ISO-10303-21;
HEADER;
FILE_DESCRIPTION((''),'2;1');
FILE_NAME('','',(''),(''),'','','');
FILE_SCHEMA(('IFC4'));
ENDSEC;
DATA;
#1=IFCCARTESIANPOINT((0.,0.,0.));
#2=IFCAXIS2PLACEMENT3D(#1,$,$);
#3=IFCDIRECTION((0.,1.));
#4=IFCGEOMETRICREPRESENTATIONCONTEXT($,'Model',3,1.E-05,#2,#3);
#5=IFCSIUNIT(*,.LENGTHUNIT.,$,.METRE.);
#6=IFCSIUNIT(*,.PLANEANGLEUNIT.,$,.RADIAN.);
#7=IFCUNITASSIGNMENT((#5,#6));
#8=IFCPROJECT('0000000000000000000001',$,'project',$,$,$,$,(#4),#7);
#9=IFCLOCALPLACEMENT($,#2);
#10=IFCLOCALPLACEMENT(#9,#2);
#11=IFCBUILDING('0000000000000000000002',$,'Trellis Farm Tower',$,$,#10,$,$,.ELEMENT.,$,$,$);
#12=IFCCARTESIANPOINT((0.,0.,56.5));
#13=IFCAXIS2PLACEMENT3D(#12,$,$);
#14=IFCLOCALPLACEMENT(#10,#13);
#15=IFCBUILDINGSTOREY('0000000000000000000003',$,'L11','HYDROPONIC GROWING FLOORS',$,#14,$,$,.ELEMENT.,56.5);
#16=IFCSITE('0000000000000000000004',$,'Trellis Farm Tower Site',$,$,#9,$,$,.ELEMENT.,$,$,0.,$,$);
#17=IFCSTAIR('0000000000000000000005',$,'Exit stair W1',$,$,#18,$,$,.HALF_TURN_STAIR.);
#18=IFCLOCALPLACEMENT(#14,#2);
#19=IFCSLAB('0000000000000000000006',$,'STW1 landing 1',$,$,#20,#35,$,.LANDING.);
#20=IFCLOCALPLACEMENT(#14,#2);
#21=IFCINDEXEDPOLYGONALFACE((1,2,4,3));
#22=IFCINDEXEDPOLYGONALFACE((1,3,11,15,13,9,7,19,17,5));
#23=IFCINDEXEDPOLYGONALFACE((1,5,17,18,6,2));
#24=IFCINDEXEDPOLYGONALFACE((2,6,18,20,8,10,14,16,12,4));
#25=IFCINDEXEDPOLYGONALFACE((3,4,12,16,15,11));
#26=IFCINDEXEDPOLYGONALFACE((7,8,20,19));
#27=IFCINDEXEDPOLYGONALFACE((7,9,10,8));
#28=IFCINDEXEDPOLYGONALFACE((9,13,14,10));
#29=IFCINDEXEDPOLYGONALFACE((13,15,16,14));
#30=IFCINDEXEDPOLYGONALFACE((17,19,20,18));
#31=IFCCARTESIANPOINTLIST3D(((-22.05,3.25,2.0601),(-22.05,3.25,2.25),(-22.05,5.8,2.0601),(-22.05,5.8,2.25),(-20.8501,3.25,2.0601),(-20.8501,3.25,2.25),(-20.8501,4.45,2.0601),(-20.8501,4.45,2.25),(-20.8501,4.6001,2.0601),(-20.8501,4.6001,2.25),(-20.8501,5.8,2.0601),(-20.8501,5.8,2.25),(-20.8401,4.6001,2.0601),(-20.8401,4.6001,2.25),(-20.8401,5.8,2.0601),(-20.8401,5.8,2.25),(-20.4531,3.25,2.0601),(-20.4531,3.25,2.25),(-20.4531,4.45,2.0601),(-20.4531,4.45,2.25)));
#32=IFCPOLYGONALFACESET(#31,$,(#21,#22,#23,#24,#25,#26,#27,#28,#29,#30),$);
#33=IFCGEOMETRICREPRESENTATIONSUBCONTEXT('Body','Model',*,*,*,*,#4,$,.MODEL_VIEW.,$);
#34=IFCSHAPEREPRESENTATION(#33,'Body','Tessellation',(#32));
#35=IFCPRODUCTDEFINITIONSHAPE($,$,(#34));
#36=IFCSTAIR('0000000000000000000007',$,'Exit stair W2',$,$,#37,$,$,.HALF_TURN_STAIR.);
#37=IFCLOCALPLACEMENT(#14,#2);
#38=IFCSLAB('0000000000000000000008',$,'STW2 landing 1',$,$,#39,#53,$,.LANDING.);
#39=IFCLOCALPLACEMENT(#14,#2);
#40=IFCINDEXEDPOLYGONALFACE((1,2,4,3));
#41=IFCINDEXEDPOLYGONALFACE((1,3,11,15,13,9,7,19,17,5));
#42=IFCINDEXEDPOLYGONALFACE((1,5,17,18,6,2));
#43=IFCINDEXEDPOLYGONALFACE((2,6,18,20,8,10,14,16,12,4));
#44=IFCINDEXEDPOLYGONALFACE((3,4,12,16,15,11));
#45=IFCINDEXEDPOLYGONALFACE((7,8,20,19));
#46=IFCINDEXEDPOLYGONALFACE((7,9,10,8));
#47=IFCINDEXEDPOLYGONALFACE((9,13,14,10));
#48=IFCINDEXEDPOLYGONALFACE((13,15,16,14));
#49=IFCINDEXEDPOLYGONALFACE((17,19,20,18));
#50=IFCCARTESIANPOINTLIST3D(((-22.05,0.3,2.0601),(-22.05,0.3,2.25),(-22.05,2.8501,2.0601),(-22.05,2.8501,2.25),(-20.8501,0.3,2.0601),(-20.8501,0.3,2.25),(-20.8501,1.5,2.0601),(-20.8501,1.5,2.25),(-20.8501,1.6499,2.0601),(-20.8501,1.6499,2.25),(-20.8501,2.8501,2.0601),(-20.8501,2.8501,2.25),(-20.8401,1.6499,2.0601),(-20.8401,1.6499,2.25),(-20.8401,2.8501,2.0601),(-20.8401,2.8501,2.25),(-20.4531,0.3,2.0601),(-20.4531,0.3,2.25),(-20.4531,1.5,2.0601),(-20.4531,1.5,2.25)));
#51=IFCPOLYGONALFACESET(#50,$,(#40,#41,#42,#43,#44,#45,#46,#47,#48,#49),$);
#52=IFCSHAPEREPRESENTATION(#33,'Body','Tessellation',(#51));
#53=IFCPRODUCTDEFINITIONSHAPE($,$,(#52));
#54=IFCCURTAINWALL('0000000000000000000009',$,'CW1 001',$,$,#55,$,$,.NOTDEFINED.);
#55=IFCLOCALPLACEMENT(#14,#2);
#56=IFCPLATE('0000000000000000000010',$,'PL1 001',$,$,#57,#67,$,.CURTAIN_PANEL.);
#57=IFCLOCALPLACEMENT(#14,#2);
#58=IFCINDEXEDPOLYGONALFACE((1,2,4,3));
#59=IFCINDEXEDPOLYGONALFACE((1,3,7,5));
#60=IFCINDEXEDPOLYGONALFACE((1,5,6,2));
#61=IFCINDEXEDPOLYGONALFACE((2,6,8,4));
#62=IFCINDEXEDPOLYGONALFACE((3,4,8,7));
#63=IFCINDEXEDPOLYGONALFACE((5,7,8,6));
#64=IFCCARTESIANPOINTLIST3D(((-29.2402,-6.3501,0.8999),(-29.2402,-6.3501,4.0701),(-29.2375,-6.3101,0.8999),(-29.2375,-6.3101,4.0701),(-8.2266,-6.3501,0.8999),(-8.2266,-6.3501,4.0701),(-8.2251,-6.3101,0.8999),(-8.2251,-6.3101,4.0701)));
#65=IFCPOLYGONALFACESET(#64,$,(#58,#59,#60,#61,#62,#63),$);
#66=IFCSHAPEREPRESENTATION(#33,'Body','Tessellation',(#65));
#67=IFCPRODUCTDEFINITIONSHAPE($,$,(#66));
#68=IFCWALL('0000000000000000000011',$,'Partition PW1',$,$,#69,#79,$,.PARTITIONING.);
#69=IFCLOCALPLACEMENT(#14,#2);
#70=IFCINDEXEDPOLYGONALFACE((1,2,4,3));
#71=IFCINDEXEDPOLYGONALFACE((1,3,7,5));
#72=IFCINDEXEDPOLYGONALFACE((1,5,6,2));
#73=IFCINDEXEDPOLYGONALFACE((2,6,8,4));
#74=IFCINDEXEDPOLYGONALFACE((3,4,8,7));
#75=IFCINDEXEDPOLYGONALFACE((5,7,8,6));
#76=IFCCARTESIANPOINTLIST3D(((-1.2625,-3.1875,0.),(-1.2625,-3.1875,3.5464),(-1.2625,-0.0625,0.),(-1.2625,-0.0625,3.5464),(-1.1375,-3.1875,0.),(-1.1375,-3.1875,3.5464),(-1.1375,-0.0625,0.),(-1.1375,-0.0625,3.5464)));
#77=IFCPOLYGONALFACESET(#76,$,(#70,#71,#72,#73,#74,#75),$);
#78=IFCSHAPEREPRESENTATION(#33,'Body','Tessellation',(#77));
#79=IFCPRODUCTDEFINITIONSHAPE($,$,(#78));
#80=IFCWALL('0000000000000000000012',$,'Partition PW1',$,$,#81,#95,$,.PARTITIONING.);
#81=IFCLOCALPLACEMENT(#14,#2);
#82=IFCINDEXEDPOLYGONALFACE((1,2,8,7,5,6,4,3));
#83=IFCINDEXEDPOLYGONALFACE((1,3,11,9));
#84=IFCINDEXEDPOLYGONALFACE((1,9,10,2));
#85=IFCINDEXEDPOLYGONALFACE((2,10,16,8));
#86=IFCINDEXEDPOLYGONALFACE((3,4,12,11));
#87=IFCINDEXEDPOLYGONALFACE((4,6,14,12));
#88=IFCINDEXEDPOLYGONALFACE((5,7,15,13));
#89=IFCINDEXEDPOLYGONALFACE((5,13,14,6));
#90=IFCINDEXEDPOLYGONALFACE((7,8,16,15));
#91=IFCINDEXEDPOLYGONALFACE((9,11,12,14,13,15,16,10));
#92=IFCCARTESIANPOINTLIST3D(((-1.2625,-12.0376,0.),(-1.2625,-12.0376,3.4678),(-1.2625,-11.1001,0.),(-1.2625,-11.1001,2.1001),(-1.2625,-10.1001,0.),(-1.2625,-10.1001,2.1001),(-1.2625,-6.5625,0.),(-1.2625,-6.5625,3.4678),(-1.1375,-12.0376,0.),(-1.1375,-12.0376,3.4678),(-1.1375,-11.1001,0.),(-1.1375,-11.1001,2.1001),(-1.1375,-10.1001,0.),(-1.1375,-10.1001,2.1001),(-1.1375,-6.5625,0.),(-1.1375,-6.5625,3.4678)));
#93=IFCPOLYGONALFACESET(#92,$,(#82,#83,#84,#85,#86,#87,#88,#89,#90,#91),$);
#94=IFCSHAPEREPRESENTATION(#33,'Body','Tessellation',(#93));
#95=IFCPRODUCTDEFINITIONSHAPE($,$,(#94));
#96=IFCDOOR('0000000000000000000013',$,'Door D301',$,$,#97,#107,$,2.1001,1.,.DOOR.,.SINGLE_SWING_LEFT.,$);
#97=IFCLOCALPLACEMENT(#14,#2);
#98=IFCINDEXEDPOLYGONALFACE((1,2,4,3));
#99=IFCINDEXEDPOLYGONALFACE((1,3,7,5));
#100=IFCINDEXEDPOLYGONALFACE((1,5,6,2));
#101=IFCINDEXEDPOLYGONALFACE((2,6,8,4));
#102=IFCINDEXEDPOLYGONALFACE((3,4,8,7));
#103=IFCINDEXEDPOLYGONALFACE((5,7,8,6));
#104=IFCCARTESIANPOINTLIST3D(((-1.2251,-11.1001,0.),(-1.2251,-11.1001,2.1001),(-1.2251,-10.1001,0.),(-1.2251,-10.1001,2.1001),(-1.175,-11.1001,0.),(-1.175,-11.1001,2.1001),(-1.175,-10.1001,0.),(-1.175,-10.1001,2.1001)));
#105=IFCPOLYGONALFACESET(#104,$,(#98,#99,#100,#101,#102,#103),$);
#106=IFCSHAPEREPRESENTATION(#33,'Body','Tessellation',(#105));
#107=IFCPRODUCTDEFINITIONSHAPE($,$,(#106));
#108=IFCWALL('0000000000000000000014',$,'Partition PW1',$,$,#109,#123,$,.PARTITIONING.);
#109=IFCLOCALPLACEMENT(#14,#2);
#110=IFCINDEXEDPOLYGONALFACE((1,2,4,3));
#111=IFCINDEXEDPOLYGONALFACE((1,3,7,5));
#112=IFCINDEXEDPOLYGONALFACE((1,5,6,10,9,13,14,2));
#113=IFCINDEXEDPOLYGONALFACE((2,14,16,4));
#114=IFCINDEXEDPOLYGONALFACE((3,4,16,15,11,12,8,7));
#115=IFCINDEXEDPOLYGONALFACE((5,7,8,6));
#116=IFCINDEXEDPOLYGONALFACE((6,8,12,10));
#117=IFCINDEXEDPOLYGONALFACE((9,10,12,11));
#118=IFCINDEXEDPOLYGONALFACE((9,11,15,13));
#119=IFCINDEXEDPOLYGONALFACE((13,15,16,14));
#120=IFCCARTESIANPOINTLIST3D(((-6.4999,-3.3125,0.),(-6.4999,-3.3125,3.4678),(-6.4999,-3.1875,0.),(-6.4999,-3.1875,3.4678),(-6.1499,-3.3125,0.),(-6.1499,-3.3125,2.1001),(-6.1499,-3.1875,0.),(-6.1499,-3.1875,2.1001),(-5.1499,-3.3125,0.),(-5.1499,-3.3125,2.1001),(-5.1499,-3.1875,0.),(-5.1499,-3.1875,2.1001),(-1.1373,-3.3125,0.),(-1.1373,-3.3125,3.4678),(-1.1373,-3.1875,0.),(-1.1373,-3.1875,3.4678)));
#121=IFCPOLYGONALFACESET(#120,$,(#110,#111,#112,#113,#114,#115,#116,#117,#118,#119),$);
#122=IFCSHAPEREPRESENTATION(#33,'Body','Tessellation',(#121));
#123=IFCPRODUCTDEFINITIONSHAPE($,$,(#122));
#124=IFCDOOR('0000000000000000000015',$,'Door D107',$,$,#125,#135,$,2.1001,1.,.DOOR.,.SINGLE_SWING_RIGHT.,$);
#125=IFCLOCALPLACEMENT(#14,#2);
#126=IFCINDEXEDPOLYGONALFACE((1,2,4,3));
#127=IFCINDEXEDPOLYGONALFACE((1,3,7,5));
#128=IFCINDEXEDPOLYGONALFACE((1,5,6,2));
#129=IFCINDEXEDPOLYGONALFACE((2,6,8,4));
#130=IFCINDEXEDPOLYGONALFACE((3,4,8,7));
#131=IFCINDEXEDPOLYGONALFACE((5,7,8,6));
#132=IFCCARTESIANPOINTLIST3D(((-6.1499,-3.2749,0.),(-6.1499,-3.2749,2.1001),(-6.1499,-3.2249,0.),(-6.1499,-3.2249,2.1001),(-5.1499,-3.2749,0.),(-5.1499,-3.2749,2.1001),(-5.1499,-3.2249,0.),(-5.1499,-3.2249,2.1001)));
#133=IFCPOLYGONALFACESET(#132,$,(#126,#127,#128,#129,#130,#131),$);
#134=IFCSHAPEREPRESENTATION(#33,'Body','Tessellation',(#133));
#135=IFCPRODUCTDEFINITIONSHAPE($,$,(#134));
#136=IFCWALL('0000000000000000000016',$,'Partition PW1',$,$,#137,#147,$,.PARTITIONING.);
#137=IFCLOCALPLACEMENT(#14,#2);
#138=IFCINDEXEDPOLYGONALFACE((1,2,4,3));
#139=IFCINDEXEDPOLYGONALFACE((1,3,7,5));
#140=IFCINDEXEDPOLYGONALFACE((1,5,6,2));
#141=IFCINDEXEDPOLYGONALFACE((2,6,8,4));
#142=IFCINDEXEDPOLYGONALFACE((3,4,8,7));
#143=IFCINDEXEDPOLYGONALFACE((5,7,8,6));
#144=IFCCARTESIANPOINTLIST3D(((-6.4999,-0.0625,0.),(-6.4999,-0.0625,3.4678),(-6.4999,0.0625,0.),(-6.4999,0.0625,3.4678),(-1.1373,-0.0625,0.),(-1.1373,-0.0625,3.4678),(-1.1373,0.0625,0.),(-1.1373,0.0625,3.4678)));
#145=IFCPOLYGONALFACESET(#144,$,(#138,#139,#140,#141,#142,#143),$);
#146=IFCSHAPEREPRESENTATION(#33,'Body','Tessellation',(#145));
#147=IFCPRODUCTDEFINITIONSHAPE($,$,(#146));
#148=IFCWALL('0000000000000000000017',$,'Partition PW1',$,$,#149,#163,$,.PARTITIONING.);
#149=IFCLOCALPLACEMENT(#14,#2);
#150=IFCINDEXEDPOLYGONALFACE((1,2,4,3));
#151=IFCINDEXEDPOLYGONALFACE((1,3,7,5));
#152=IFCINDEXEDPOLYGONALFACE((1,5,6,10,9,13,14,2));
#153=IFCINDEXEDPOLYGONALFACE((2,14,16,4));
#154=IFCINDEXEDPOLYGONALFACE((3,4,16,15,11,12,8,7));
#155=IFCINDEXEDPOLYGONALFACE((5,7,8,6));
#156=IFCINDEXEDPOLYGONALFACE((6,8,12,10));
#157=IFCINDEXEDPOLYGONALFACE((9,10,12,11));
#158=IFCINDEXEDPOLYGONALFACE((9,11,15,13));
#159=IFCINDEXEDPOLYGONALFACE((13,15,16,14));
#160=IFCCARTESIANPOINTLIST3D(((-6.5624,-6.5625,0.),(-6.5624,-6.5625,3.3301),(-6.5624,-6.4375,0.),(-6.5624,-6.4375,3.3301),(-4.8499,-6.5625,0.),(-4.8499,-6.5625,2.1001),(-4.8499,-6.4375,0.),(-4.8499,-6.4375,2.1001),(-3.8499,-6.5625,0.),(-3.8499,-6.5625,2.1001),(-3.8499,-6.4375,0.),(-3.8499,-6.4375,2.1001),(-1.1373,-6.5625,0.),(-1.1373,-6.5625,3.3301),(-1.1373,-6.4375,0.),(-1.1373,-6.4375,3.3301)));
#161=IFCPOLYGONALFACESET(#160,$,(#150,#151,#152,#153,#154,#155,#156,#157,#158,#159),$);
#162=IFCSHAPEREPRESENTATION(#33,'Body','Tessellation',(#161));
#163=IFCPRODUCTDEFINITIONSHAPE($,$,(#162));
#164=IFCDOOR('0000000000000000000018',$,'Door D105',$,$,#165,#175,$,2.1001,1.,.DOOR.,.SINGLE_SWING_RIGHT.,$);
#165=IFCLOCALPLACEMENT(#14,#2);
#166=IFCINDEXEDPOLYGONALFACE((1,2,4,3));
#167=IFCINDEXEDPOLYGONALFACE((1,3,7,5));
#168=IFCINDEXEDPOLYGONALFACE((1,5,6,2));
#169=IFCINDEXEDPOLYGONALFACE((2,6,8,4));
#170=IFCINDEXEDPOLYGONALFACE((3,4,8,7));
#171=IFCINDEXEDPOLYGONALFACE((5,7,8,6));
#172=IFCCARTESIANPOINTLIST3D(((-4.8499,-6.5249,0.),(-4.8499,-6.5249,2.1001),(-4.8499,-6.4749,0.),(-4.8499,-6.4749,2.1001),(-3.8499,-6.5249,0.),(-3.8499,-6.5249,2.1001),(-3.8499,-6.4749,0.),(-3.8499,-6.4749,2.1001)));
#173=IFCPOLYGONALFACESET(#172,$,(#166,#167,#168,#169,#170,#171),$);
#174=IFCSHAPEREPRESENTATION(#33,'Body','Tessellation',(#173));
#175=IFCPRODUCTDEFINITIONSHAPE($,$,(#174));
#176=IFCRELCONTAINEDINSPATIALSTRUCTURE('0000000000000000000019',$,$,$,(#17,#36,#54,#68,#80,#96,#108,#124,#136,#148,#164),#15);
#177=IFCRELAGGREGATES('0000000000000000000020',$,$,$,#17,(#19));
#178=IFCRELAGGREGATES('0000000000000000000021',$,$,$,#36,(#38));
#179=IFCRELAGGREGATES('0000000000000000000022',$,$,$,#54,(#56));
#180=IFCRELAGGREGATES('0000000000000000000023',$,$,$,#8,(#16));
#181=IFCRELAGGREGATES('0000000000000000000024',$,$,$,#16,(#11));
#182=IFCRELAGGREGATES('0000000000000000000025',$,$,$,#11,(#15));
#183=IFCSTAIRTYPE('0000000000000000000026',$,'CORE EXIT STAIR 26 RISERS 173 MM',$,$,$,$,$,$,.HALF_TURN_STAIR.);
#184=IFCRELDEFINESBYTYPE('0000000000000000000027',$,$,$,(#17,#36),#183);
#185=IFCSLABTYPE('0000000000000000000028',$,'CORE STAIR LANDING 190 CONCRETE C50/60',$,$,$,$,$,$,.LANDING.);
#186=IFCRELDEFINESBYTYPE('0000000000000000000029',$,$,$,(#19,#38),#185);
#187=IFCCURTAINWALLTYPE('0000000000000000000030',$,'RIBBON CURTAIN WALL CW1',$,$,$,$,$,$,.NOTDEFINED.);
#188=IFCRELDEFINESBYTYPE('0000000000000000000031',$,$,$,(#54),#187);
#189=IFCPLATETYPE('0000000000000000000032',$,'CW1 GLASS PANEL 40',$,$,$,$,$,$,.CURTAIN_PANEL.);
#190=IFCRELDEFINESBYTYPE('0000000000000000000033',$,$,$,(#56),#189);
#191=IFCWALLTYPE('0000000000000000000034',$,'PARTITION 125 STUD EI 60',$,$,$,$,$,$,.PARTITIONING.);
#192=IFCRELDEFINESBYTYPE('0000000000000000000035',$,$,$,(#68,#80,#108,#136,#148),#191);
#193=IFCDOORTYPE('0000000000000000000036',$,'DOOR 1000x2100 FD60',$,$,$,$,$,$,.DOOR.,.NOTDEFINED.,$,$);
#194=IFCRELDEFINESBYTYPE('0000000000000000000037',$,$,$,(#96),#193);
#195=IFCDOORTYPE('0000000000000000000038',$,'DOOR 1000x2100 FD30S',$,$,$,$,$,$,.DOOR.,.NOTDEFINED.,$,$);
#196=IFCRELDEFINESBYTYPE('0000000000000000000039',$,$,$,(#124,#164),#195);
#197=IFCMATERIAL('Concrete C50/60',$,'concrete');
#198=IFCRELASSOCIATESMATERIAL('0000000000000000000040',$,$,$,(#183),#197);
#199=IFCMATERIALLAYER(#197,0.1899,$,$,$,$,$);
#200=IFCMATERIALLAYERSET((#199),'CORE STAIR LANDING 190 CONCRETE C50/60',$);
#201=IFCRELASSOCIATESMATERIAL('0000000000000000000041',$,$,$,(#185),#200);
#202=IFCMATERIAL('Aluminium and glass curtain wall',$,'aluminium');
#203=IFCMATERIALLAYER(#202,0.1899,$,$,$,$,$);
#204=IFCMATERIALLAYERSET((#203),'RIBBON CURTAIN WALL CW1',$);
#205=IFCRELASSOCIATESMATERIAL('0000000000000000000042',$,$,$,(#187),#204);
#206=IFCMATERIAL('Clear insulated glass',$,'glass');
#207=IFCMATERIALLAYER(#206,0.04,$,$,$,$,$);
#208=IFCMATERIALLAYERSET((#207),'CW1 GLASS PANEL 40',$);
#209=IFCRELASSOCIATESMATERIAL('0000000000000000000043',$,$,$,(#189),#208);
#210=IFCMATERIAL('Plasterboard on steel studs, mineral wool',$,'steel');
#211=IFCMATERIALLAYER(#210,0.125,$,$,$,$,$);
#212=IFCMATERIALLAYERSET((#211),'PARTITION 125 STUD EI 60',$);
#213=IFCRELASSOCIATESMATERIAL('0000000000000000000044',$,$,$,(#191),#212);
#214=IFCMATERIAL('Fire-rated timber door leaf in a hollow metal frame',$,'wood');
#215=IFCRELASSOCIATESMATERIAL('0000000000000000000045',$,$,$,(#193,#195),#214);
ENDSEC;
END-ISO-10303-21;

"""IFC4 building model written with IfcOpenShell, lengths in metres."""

from ifc_helpers import new_model, si_unit, direction, frame, frame_2d, origin, place, context, subcontext, project, spatial, polyline, rectangle, outline, extrude, source, transform, mapped, material, layer, layer_set, type_object, element, fill, aggregate, save


model = new_model("IFC4")

# Units and contexts
model_context = context("Model", 3, precision=1e-05, world=origin(), true_north=direction((0.0, 1.0)))
body_context = subcontext(model_context, "Body", "Model", "MODEL_VIEW")
ifc_project = project(units=[si_unit("LENGTHUNIT", "METRE"), si_unit("PLANEANGLEUNIT", "RADIAN")], contexts=[model_context])

# Site, building, storey
site_placement = place(None, origin())
site = spatial("IfcSite", under=ifc_project, at=site_placement, Name="Trellis Farm Tower Site", CompositionType="ELEMENT", RefElevation=0.0)
building_placement = place(site_placement, origin())
building = spatial("IfcBuilding", under=site, at=building_placement, Name="Trellis Farm Tower", CompositionType="ELEMENT")
storey_placement = place(building_placement, frame((0.0, 0.0, 56.5)))
storey = spatial("IfcBuildingStorey", under=building, at=storey_placement, Name="L11", Description="HYDROPONIC GROWING FLOORS", CompositionType="ELEMENT", Elevation=56.5)

# Stairs, slabs
ifc_material_1 = material(Name="Concrete C50/60", Category="concrete")
stair_type = type_object("IfcStairType", Name="CORE EXIT STAIR 26 RISERS 173 MM", PredefinedType="HALF_TURN_STAIR", material=ifc_material_1)
placement_1 = place(storey_placement, origin())
ifc_layer_1 = layer(ifc_material_1, 0.1899)
ifc_layer_set_1 = layer_set([ifc_layer_1], Name="CORE STAIR LANDING 190 CONCRETE C50/60")
slab_type_1 = type_object("IfcSlabType", Name="CORE STAIR LANDING 190 CONCRETE C50/60", PredefinedType="LANDING", material=ifc_layer_set_1)
placement_2 = place(storey_placement, frame((0.0, 0.0, 2.0601)))
stair_1 = element("IfcStair", 1, at=placement_1, inside=storey, type_object=stair_type, Name="Exit stair W1", PredefinedType="HALF_TURN_STAIR")
shared_shape_1 = source(origin(), body_context, "Body", "SweptSolid", [
    extrude(outline(polyline([(-20.4531, 4.45), (-20.4531, 3.25), (-20.8501, 3.25), (-22.05, 3.25), (-22.05, 5.8), (-20.8501, 5.8), (-20.8401, 5.8), (-20.8401, 4.6001), (-20.8501, 4.6001), (-20.8501, 4.45), (-20.4531, 4.45)])), origin(), (0.0, 0.0, 1.0), 0.1899),
])
slab_1 = element("IfcSlab", 2, at=placement_2, type_object=slab_type_1, Name="STW1 landing 1", PredefinedType="LANDING", context=body_context, shape_type="MappedRepresentation", body=[
    mapped(shared_shape_1, transform((0.0, 0.0, 0.0))),
])
aggregate(stair_1, [slab_1])
stair_2 = element("IfcStair", 3, at=placement_1, inside=storey, type_object=stair_type, Name="Exit stair W2", PredefinedType="HALF_TURN_STAIR")
shared_shape_2 = source(origin(), body_context, "Body", "SweptSolid", [
    extrude(outline(polyline([(-20.4531, 1.5), (-20.4531, 0.3), (-20.8501, 0.3), (-22.05, 0.3), (-22.05, 2.8501), (-20.8501, 2.8501), (-20.8401, 2.8501), (-20.8401, 1.6499), (-20.8501, 1.6499), (-20.8501, 1.5), (-20.4531, 1.5)])), origin(), (0.0, 0.0, 1.0), 0.1899),
])
slab_2 = element("IfcSlab", 4, at=placement_2, type_object=slab_type_1, Name="STW2 landing 1", PredefinedType="LANDING", context=body_context, shape_type="MappedRepresentation", body=[
    mapped(shared_shape_2, transform((0.0, 0.0, 0.0))),
])
aggregate(stair_2, [slab_2])

# Curtain wall, plate
ifc_material_2 = material(Name="Aluminium and glass curtain wall", Category="aluminium")
ifc_layer_2 = layer(ifc_material_2, 0.1899)
ifc_layer_set_2 = layer_set([ifc_layer_2], Name="RIBBON CURTAIN WALL CW1")
curtain_wall_type = type_object("IfcCurtainWallType", Name="RIBBON CURTAIN WALL CW1", PredefinedType="NOTDEFINED", material=ifc_layer_set_2)
curtain_wall = element("IfcCurtainWall", 5, at=placement_1, inside=storey, type_object=curtain_wall_type, Name="CW1 001", PredefinedType="NOTDEFINED")
ifc_material_3 = material(Name="Clear insulated glass", Category="glass")
ifc_layer_3 = layer(ifc_material_3, 0.04)
ifc_layer_set_3 = layer_set([ifc_layer_3], Name="CW1 GLASS PANEL 40")
plate_type = type_object("IfcPlateType", Name="CW1 GLASS PANEL 40", PredefinedType="CURTAIN_PANEL", material=ifc_layer_set_3)
shared_shape_3 = source(origin(), body_context, "Body", "SweptSolid", [
    extrude(outline(polyline([(-29.2402, -6.3501), (-8.2266, -6.3501), (-8.2251, -6.3101), (-29.2375, -6.3101), (-29.2402, -6.3501)])), origin(), (0.0, 0.0, 1.0), 3.1702),
])
plate_placement = place(storey_placement, frame((0.0, 0.0, 0.8999)))
plate = element("IfcPlate", 6, at=plate_placement, type_object=plate_type, Name="PL1 001", PredefinedType="CURTAIN_PANEL", context=body_context, shape_type="MappedRepresentation", body=[
    mapped(shared_shape_3, transform((0.0, 0.0, 0.0))),
])
aggregate(curtain_wall, [plate])

# Wall
ifc_material_4 = material(Name="Plasterboard on steel studs, mineral wool", Category="steel")
ifc_layer_4 = layer(ifc_material_4, 0.125)
ifc_layer_set_4 = layer_set([ifc_layer_4], Name="PARTITION 125 STUD EI 60")
wall_type = type_object("IfcWallType", Name="PARTITION 125 STUD EI 60", PredefinedType="PARTITIONING", material=ifc_layer_set_4)
shared_shape_4 = source(origin(), body_context, "Body", "SweptSolid", [
    extrude(rectangle(XDim=3.125, YDim=0.125, at=frame_2d((1.5625, 0.0))), origin(), (0.0, 0.0, 1.0), 3.5464),
])
wall_1_placement = place(storey_placement, frame((-1.2, -0.0625, 0.0), z_axis=(0.0, 0.0, 1.0), x_axis=(0.0, -1.0, 0.0)))
element("IfcWall", 7, at=wall_1_placement, inside=storey, type_object=wall_type, Name="Partition PW1", PredefinedType="PARTITIONING", context=body_context, shape_type="MappedRepresentation", body=[
    mapped(shared_shape_4, transform((0.0, 0.0, 0.0))),
])

# Walls, openings, doors
shared_shape_5 = source(origin(), body_context, "Body", "SweptSolid", [
    extrude(rectangle(XDim=5.4751, YDim=0.125, at=frame_2d((2.7375, 0.0))), origin(), (0.0, 0.0, 1.0), 3.4678),
])
wall_2_placement = place(storey_placement, frame((-1.2, -6.5625, 0.0), z_axis=(0.0, 0.0, 1.0), x_axis=(0.0, -1.0, 0.0)))
wall_2 = element("IfcWall", 8, at=wall_2_placement, inside=storey, type_object=wall_type, Name="Partition PW1", PredefinedType="PARTITIONING", context=body_context, shape_type="MappedRepresentation", body=[
    mapped(shared_shape_5, transform((0.0, 0.0, 0.0))),
])
shared_shape_6 = source(origin(), body_context, "Body", "SweptSolid", [
    extrude(rectangle(XDim=1.0, YDim=2.1001, at=frame_2d((0.5, 1.05))), frame((0.0, 0.0725, 0.0), z_axis=(0.0, -1.0, 0.0), x_axis=(1.0, 0.0, 0.0)), (0.0, 0.0, 1.0), 0.145),
])
opening_1_placement = place(wall_2_placement, frame((3.5376, 0.0, 0.0)))
opening_1 = element("IfcOpeningElement", 9, at=opening_1_placement, cuts=wall_2, PredefinedType="OPENING", context=body_context, shape_type="MappedRepresentation", body=[
    mapped(shared_shape_6, transform((0.0, 0.0, 0.0))),
])
ifc_material_5 = material(Name="Fire-rated timber door leaf in a hollow metal frame", Category="wood")
door_type_1 = type_object("IfcDoorType", Name="DOOR 1000x2100 FD60", OperationType="NOTDEFINED", PredefinedType="DOOR", material=ifc_material_5)
shared_shape_7 = source(origin(), body_context, "Body", "SweptSolid", [
    extrude(rectangle(XDim=1.0, YDim=2.1001, at=frame_2d((0.5, 1.05))), frame((0.0, 0.0249, 0.0), z_axis=(0.0, -1.0, 0.0), x_axis=(1.0, 0.0, 0.0)), (0.0, 0.0, 1.0), 0.05),
])
door_1_placement = place(opening_1_placement, origin())
door_1 = element("IfcDoor", 10, at=door_1_placement, inside=storey, type_object=door_type_1, Name="Door D301", OperationType="SINGLE_SWING_LEFT", OverallHeight=2.1001, OverallWidth=1.0, PredefinedType="DOOR", context=body_context, shape_type="MappedRepresentation", body=[
    mapped(shared_shape_7, transform((0.0, 0.0, 0.0))),
])
fill(opening_1, door_1)
shared_shape_8 = source(origin(), body_context, "Body", "SweptSolid", [
    extrude(rectangle(XDim=5.3625, YDim=0.125, at=frame_2d((2.6812, 0.0))), origin(), (0.0, 0.0, 1.0), 3.4678),
])
wall_3_placement = place(storey_placement, frame((-1.1375, -3.25, 0.0), z_axis=(0.0, 0.0, 1.0), x_axis=(-1.0, 0.0, 0.0)))
wall_3 = element("IfcWall", 11, at=wall_3_placement, inside=storey, type_object=wall_type, Name="Partition PW1", PredefinedType="PARTITIONING", context=body_context, shape_type="MappedRepresentation", body=[
    mapped(shared_shape_8, transform((0.0, 0.0, 0.0))),
])
opening_2_placement = place(wall_3_placement, frame((4.0125, 0.0, 0.0)))
opening_2 = element("IfcOpeningElement", 12, at=opening_2_placement, cuts=wall_3, PredefinedType="OPENING", context=body_context, shape_type="MappedRepresentation", body=[
    mapped(shared_shape_6, transform((0.0, 0.0, 0.0))),
])
door_type_2 = type_object("IfcDoorType", Name="DOOR 1000x2100 FD30S", OperationType="NOTDEFINED", PredefinedType="DOOR", material=ifc_material_5)
door_2_placement = place(opening_2_placement, origin())
door_2 = element("IfcDoor", 13, at=door_2_placement, inside=storey, type_object=door_type_2, Name="Door D107", OperationType="SINGLE_SWING_RIGHT", OverallHeight=2.1001, OverallWidth=1.0, PredefinedType="DOOR", context=body_context, shape_type="MappedRepresentation", body=[
    mapped(shared_shape_7, transform((0.0, 0.0, 0.0))),
])
fill(opening_2, door_2)

# Wall
wall_4_placement = place(storey_placement, frame((-1.1375, 0.0, 0.0), z_axis=(0.0, 0.0, 1.0), x_axis=(-1.0, 0.0, 0.0)))
element("IfcWall", 14, at=wall_4_placement, inside=storey, type_object=wall_type, Name="Partition PW1", PredefinedType="PARTITIONING", context=body_context, shape_type="MappedRepresentation", body=[
    mapped(shared_shape_8, transform((0.0, 0.0, 0.0))),
])

# Wall, opening, door
shared_shape_9 = source(origin(), body_context, "Body", "SweptSolid", [
    extrude(rectangle(XDim=5.425, YDim=0.125, at=frame_2d((2.7124, 0.0))), origin(), (0.0, 0.0, 1.0), 3.3301),
])
wall_5_placement = place(storey_placement, frame((-1.1375, -6.5, 0.0), z_axis=(0.0, 0.0, 1.0), x_axis=(-1.0, 0.0, 0.0)))
wall_5 = element("IfcWall", 15, at=wall_5_placement, inside=storey, type_object=wall_type, Name="Partition PW1", PredefinedType="PARTITIONING", context=body_context, shape_type="MappedRepresentation", body=[
    mapped(shared_shape_9, transform((0.0, 0.0, 0.0))),
])
opening_3_placement = place(wall_5_placement, frame((2.7124, 0.0, 0.0)))
opening_3 = element("IfcOpeningElement", 16, at=opening_3_placement, cuts=wall_5, PredefinedType="OPENING", context=body_context, shape_type="MappedRepresentation", body=[
    mapped(shared_shape_6, transform((0.0, 0.0, 0.0))),
])
door_3_placement = place(opening_3_placement, origin())
door_3 = element("IfcDoor", 17, at=door_3_placement, inside=storey, type_object=door_type_2, Name="Door D105", OperationType="SINGLE_SWING_RIGHT", OverallHeight=2.1001, OverallWidth=1.0, PredefinedType="DOOR", context=body_context, shape_type="MappedRepresentation", body=[
    mapped(shared_shape_7, transform((0.0, 0.0, 0.0))),
])
fill(opening_3, door_3)

save(model, "model.ifc")
